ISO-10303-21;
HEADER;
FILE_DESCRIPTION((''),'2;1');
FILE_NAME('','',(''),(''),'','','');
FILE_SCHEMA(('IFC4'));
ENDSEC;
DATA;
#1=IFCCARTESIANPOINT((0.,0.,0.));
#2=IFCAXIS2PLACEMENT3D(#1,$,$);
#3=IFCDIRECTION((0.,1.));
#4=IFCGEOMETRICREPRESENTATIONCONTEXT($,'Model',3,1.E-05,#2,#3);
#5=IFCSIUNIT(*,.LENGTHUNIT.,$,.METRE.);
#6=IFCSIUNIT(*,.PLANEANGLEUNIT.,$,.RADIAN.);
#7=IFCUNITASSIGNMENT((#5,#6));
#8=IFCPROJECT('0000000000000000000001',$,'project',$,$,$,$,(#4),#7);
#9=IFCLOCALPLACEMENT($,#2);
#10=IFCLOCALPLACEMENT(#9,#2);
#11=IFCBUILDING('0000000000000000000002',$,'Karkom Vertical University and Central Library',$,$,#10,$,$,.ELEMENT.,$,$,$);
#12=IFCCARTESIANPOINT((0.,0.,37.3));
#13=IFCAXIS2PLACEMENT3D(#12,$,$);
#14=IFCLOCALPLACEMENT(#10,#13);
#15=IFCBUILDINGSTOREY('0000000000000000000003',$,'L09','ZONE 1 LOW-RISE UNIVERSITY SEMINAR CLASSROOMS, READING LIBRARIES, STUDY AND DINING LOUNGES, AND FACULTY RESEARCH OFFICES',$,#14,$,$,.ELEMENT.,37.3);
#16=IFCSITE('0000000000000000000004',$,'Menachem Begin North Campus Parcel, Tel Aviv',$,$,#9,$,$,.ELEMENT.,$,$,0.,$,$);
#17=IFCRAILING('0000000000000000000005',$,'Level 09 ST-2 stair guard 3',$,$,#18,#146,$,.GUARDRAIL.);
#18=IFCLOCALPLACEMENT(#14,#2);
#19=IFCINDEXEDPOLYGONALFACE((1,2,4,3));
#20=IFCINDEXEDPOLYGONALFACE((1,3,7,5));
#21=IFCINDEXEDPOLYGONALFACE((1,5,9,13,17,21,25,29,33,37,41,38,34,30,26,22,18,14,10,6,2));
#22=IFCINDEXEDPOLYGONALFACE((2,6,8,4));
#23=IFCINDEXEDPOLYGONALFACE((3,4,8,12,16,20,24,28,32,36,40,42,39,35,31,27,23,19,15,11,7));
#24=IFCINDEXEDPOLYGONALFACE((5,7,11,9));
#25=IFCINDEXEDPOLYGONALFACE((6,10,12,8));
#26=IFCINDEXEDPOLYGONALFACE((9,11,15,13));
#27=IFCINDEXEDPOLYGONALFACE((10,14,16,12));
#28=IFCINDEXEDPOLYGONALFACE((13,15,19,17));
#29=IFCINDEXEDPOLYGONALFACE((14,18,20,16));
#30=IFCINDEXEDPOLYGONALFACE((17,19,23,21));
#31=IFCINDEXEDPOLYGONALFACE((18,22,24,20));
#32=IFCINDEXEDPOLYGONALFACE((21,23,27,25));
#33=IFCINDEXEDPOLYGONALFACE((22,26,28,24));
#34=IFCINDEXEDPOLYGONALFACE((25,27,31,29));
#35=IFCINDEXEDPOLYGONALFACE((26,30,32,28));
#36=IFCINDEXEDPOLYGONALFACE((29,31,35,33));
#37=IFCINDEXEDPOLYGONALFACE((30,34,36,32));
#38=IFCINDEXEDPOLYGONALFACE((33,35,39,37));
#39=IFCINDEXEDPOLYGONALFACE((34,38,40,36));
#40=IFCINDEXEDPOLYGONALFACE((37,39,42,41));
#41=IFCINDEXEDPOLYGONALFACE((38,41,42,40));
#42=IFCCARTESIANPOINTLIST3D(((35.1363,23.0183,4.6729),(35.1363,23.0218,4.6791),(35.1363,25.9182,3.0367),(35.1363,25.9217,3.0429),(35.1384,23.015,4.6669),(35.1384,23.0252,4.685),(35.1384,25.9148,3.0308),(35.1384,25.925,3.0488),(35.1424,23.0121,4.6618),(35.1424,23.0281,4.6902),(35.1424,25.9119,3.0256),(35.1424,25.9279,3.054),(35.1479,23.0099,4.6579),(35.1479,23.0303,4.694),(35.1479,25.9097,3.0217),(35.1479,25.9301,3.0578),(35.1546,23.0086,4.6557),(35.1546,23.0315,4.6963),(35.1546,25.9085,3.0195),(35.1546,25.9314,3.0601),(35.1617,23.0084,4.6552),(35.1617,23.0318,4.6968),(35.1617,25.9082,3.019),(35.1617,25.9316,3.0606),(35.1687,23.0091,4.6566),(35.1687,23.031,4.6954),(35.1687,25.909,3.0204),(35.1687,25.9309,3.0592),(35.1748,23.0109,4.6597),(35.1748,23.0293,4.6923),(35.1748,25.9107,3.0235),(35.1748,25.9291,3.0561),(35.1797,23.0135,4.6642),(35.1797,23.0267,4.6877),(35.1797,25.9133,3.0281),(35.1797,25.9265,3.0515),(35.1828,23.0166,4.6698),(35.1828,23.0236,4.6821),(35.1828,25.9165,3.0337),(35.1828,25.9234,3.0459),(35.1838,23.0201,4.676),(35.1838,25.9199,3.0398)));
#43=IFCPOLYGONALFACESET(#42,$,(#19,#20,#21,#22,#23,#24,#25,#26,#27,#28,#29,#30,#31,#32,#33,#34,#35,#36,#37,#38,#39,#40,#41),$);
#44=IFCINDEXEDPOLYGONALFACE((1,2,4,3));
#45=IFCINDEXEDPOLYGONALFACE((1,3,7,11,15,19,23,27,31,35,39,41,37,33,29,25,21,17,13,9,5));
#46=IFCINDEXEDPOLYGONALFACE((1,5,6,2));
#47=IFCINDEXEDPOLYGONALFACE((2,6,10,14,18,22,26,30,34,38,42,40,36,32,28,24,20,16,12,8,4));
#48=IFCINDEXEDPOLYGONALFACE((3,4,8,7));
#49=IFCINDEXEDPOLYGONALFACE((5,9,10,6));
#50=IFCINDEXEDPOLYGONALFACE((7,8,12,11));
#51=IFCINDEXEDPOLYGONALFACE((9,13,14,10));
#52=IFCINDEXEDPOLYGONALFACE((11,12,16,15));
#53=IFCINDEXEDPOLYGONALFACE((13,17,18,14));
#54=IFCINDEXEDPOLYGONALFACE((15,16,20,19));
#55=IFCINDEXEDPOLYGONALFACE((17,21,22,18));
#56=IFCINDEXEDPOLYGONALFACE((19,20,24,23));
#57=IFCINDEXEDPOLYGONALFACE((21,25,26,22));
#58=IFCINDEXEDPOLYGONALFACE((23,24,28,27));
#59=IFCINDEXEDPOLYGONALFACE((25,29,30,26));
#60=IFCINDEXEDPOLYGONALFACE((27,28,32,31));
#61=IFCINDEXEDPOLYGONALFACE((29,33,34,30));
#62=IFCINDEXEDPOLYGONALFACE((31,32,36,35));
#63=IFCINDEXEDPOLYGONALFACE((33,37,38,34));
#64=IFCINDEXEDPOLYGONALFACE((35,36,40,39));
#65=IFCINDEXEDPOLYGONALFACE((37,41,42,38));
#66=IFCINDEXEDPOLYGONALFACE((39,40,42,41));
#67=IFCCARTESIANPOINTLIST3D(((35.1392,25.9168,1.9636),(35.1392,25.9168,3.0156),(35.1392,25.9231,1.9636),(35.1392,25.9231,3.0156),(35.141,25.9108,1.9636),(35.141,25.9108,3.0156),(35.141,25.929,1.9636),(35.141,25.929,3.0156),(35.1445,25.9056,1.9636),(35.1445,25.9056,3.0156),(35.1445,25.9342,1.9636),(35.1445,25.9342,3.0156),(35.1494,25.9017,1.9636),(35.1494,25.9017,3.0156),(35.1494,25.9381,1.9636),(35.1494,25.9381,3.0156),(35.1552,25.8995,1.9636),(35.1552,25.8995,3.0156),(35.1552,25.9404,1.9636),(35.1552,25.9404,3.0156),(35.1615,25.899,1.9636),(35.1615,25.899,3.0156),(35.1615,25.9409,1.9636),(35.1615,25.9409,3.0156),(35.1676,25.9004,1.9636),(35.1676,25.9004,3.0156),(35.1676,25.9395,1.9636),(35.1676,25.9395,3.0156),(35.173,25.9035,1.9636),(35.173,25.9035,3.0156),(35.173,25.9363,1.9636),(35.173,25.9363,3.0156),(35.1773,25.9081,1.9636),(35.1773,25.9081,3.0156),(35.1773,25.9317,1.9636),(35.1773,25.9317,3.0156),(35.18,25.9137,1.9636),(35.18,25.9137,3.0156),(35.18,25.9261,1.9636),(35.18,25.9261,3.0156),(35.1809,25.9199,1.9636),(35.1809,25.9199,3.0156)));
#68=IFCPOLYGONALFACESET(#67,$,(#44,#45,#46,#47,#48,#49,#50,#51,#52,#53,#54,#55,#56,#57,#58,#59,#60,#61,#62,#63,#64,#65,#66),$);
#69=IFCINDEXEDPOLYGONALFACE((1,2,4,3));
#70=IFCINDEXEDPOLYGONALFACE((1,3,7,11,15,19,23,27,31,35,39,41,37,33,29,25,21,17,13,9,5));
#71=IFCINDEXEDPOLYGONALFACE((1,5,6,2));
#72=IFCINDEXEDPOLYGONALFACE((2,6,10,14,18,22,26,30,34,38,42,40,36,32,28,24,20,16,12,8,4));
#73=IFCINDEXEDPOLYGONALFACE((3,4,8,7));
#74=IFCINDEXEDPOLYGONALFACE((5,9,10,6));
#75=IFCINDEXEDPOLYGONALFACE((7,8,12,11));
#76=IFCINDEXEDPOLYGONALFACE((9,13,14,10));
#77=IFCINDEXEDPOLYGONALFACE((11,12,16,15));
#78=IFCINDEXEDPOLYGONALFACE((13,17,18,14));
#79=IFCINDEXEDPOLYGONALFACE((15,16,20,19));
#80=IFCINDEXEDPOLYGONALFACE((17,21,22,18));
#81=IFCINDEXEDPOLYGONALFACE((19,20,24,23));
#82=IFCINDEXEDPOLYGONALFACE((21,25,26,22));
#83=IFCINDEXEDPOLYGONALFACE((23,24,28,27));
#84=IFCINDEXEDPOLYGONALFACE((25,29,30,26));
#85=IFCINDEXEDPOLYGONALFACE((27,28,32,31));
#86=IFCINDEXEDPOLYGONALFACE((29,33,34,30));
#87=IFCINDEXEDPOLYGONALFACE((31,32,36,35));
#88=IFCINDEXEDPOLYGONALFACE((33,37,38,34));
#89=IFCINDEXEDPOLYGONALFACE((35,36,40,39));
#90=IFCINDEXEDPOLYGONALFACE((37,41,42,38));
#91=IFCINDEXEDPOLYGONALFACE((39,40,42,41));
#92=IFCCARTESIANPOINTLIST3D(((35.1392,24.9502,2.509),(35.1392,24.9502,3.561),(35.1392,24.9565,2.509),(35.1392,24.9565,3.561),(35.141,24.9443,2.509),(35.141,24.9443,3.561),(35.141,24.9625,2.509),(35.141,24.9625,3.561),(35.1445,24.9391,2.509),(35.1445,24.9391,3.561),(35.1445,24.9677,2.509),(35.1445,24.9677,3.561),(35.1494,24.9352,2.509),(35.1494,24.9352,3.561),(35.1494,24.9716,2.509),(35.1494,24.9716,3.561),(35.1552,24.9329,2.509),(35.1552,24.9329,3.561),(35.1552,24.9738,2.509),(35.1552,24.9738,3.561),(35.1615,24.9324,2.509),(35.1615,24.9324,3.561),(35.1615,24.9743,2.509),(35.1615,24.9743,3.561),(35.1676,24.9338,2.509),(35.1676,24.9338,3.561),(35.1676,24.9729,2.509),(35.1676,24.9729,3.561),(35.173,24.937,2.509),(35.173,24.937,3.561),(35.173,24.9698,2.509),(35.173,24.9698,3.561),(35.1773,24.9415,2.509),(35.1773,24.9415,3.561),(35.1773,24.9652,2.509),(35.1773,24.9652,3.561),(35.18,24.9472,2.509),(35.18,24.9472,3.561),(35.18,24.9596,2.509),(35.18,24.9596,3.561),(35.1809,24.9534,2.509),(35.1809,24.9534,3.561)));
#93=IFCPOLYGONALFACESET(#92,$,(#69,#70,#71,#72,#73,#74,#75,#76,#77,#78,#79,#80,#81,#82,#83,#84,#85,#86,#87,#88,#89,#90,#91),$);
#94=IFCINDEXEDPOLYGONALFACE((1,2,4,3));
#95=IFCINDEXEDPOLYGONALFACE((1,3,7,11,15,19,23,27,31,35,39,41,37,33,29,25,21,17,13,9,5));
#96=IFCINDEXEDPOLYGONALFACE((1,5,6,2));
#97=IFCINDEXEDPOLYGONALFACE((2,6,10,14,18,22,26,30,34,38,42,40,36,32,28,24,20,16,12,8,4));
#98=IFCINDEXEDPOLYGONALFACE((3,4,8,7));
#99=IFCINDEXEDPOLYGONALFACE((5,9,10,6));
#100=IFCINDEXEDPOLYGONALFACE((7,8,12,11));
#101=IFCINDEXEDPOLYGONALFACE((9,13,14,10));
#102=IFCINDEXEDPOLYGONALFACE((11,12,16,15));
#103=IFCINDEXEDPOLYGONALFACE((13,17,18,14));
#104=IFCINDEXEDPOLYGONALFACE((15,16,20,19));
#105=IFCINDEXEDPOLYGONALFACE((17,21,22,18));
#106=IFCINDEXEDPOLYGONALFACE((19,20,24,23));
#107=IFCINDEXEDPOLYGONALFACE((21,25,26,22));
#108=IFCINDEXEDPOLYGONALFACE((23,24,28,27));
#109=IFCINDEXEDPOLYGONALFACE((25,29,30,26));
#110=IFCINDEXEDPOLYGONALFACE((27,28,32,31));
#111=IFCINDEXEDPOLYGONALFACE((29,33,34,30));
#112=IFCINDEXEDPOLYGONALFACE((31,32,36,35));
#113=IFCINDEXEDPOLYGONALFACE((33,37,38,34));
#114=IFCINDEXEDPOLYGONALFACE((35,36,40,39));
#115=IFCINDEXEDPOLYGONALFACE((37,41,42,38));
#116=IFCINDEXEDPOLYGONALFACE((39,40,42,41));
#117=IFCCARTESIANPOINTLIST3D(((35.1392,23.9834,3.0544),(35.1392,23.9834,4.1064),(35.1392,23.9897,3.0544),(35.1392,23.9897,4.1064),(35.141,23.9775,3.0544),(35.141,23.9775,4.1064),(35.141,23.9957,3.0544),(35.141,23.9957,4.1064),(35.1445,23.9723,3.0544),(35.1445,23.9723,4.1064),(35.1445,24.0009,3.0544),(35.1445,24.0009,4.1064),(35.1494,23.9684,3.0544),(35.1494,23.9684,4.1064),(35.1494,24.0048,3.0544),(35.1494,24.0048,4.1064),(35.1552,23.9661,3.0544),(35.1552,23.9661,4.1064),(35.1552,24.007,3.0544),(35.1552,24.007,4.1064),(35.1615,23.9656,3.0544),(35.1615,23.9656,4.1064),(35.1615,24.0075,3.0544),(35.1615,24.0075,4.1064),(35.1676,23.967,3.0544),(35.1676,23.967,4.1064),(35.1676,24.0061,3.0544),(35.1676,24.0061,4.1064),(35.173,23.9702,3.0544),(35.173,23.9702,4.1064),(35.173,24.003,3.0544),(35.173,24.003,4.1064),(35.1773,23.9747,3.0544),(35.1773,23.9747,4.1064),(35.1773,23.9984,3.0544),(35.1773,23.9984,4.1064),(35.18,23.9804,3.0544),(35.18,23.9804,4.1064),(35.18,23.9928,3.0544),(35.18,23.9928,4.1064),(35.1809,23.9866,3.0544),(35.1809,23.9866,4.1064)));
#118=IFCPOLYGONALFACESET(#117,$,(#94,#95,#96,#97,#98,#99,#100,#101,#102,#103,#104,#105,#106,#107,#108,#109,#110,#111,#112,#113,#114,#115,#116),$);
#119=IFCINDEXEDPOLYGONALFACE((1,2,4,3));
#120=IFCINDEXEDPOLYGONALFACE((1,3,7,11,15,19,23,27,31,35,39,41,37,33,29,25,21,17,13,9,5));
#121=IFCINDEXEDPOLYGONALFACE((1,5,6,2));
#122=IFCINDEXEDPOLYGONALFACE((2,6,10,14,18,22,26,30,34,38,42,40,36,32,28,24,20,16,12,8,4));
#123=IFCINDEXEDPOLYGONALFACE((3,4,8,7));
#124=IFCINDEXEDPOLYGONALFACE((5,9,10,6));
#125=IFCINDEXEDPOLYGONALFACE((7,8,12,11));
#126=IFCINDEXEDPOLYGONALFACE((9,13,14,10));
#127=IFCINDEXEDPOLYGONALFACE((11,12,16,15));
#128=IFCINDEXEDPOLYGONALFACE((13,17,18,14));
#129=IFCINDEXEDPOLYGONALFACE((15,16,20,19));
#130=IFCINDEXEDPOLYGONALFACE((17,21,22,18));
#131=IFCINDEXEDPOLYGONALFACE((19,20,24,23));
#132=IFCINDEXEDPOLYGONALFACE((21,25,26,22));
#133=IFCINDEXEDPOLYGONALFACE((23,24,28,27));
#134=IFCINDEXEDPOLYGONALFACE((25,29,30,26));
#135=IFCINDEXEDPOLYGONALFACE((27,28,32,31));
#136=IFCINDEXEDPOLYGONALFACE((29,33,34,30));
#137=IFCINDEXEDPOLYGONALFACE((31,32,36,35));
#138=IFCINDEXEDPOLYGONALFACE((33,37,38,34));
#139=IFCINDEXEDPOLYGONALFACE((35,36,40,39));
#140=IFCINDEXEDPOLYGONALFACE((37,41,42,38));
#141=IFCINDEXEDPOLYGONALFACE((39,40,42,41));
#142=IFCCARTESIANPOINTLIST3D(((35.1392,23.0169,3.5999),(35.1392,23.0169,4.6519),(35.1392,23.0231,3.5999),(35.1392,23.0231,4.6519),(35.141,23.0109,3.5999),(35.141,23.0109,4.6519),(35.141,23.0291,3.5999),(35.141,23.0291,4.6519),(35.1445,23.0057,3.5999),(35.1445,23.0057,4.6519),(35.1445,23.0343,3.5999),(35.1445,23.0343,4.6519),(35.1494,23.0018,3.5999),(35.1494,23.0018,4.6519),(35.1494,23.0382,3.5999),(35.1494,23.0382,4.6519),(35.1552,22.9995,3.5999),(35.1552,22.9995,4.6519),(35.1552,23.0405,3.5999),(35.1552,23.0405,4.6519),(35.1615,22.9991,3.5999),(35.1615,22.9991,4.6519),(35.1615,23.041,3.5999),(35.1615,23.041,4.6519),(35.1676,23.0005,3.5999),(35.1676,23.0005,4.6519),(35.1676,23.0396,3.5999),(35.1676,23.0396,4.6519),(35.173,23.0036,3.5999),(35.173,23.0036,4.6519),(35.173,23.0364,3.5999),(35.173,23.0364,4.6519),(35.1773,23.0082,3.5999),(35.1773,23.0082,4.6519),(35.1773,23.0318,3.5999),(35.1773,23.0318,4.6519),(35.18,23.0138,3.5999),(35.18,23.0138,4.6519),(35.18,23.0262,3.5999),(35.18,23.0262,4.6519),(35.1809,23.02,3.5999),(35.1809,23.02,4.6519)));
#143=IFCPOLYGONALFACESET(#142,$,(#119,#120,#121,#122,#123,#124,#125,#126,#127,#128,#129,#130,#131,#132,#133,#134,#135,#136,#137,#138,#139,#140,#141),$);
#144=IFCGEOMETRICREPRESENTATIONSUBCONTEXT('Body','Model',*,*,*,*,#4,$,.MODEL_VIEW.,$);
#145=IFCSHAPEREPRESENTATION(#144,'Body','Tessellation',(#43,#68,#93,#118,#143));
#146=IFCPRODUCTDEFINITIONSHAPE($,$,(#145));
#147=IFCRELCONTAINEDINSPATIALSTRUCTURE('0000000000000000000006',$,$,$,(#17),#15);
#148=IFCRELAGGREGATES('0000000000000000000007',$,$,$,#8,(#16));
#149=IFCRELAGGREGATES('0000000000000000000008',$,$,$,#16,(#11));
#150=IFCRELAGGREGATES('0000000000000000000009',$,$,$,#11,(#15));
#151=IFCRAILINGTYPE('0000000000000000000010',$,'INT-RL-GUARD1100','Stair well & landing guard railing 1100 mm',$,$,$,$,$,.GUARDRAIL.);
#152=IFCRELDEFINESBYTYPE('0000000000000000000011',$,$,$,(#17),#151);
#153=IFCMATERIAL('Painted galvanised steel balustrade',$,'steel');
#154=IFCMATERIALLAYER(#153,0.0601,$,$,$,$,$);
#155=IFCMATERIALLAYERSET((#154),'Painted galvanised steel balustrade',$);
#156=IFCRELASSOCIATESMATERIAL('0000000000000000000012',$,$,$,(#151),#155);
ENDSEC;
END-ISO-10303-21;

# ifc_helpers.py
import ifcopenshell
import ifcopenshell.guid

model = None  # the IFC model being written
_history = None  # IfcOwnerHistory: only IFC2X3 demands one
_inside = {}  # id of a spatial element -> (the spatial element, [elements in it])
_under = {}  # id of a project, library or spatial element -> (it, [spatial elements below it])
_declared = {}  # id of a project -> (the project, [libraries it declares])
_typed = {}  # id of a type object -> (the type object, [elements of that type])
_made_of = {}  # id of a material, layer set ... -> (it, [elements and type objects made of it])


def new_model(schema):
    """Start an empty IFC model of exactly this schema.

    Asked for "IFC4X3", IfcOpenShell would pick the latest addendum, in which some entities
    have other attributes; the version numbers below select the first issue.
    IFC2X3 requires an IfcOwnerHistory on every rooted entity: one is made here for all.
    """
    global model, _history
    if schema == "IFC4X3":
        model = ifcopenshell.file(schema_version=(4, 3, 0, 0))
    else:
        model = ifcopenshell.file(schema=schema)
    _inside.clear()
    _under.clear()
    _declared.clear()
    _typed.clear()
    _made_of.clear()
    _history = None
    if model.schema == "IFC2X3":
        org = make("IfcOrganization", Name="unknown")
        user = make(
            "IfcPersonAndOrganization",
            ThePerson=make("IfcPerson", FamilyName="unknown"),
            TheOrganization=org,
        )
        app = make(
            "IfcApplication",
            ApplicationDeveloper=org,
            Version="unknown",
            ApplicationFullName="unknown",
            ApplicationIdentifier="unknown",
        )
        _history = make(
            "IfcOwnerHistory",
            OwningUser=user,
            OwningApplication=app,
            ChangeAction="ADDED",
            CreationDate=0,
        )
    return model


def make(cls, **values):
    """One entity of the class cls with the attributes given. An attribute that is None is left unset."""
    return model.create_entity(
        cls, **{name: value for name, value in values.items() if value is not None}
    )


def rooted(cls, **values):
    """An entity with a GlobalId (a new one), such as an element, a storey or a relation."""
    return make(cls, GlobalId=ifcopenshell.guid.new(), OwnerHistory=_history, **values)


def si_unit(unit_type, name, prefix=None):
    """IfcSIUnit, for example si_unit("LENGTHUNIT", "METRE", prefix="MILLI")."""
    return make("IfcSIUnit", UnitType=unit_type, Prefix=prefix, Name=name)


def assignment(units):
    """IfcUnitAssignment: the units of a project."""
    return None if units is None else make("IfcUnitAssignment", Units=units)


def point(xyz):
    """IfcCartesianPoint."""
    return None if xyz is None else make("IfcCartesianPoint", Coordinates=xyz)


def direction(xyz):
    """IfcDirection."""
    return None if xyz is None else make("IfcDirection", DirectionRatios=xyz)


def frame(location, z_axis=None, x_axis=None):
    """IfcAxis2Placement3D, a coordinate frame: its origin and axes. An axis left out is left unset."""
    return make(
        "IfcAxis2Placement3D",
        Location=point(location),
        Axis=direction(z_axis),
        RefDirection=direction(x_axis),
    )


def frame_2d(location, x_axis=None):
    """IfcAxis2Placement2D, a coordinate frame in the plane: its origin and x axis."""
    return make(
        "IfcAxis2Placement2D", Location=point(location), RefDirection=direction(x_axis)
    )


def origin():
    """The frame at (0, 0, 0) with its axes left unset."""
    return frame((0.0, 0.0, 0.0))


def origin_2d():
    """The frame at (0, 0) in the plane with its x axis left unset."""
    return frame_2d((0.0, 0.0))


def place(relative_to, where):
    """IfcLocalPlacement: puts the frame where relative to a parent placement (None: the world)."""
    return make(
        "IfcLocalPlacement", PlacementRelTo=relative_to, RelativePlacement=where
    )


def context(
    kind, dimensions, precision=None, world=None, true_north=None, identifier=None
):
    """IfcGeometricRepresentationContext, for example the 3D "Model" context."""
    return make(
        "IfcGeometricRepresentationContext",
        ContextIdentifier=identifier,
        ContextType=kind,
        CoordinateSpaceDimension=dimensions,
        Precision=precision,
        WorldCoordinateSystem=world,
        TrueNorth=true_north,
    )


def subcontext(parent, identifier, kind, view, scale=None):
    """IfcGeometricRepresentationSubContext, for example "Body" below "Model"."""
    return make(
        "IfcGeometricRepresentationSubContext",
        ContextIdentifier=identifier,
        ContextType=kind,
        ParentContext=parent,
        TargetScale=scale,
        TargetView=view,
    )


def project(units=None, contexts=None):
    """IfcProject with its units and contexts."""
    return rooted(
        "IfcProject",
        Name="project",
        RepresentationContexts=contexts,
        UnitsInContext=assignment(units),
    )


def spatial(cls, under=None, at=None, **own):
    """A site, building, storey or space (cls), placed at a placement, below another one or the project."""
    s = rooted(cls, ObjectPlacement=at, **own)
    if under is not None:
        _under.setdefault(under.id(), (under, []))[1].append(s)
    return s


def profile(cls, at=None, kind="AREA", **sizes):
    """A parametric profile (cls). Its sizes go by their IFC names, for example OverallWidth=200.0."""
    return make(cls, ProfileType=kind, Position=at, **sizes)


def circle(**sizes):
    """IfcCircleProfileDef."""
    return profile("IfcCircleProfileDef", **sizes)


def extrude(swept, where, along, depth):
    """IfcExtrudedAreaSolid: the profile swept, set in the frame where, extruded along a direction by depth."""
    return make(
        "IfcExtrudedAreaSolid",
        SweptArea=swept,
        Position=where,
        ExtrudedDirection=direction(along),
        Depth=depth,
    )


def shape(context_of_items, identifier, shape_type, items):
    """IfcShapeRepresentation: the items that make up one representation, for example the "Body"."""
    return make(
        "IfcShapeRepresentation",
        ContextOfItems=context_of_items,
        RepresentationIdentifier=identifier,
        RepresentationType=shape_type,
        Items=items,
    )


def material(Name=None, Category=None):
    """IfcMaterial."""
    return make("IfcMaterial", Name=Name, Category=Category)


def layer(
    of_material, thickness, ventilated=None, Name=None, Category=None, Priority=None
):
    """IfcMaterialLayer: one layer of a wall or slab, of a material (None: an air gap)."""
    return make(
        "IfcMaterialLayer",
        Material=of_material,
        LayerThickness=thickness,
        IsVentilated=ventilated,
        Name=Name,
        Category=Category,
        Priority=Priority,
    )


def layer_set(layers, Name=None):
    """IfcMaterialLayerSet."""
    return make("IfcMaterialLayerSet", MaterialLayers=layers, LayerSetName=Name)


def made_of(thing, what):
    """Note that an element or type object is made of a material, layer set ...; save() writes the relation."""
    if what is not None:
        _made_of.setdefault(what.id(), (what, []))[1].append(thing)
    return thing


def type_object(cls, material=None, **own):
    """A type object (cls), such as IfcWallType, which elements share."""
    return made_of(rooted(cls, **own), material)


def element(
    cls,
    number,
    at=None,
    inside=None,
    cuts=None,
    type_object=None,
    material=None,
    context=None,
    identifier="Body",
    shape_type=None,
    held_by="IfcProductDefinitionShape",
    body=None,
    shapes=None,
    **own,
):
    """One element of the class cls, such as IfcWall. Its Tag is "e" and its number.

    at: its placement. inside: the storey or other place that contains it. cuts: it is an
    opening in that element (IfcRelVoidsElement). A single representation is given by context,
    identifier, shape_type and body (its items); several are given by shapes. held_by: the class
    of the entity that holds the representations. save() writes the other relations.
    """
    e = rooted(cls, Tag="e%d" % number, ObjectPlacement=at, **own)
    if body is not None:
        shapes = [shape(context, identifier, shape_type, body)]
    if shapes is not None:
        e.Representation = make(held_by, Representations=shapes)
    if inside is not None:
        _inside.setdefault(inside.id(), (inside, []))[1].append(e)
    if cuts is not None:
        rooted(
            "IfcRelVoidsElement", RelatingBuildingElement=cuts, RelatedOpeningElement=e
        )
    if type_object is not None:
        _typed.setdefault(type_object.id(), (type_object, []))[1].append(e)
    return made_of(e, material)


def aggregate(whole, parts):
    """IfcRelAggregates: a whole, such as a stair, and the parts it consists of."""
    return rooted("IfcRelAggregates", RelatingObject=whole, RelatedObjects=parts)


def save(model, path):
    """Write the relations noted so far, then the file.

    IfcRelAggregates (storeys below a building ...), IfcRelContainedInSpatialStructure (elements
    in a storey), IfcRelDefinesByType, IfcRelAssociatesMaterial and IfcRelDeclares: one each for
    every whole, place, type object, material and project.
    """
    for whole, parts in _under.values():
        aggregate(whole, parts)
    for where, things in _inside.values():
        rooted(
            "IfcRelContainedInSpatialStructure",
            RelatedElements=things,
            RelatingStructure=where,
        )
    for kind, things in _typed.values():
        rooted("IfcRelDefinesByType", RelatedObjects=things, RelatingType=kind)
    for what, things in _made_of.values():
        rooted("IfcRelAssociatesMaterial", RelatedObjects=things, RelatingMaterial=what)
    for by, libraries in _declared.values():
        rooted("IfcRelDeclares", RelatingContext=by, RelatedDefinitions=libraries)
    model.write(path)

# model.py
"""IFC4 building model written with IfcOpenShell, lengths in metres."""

from ifc_helpers import new_model, si_unit, direction, frame, origin, origin_2d, place, context, subcontext, project, spatial, circle, extrude, material, layer, layer_set, type_object, element, save


model = new_model("IFC4")

# Units and contexts
model_context = context("Model", 3, precision=1e-05, world=origin(), true_north=direction((0.0, 1.0)))
body_context = subcontext(model_context, "Body", "Model", "MODEL_VIEW")
ifc_project = project(units=[si_unit("LENGTHUNIT", "METRE"), si_unit("PLANEANGLEUNIT", "RADIAN")], contexts=[model_context])

# Site, building, storey
site_placement = place(None, origin())
site = spatial("IfcSite", under=ifc_project, at=site_placement, Name="Menachem Begin North Campus Parcel, Tel Aviv", CompositionType="ELEMENT", RefElevation=0.0)
building_placement = place(site_placement, origin())
building = spatial("IfcBuilding", under=site, at=building_placement, Name="Karkom Vertical University and Central Library", CompositionType="ELEMENT")
storey_placement = place(building_placement, frame((0.0, 0.0, 37.3)))
storey = spatial("IfcBuildingStorey", under=building, at=storey_placement, Name="L09", Description="ZONE 1 LOW-RISE UNIVERSITY SEMINAR CLASSROOMS, READING LIBRARIES, STUDY AND DINING LOUNGES, AND FACULTY RESEARCH OFFICES", CompositionType="ELEMENT", Elevation=37.3)

# Railing
ifc_material_1 = material(Name="Painted galvanised steel balustrade", Category="steel")
ifc_layer_1 = layer(ifc_material_1, 0.0601)
ifc_layer_set_1 = layer_set([ifc_layer_1], Name="Painted galvanised steel balustrade")
railing_type_1 = type_object("IfcRailingType", Name="INT-RL-GUARD1100", Description="Stair well & landing guard railing 1100 mm", PredefinedType="GUARDRAIL", material=ifc_layer_set_1)
railing_1_placement = place(storey_placement, frame((35.1599, 25.9199, 1.9636)))
element("IfcRailing", 1, at=railing_1_placement, inside=storey, type_object=railing_type_1, Name="Level 09 ST-2 stair guard 3", PredefinedType="GUARDRAIL", context=body_context, shape_type="SweptSolid", body=[
    extrude(circle(Radius=0.0239, at=origin_2d()), frame((0.0, 0.0, 1.0762), z_axis=(0.0, -0.870929, 0.49141), x_axis=(1.0, 0.0, 0.0)), (0.0, 0.0, 1.0), 3.3296),
    extrude(circle(Radius=0.021, at=origin_2d()), origin(), (0.0, 0.0, 1.0), 1.052),
    extrude(circle(Radius=0.021, at=origin_2d()), frame((0.0, -0.9666, 0.5454)), (0.0, 0.0, 1.0), 1.052),
    extrude(circle(Radius=0.021, at=origin_2d()), frame((0.0, -1.9333, 1.0908)), (0.0, 0.0, 1.0), 1.052),
    extrude(circle(Radius=0.021, at=origin_2d()), frame((0.0, -2.8999, 1.6362)), (0.0, 0.0, 1.0), 1.052),
])

save(model, "model.ifc")
